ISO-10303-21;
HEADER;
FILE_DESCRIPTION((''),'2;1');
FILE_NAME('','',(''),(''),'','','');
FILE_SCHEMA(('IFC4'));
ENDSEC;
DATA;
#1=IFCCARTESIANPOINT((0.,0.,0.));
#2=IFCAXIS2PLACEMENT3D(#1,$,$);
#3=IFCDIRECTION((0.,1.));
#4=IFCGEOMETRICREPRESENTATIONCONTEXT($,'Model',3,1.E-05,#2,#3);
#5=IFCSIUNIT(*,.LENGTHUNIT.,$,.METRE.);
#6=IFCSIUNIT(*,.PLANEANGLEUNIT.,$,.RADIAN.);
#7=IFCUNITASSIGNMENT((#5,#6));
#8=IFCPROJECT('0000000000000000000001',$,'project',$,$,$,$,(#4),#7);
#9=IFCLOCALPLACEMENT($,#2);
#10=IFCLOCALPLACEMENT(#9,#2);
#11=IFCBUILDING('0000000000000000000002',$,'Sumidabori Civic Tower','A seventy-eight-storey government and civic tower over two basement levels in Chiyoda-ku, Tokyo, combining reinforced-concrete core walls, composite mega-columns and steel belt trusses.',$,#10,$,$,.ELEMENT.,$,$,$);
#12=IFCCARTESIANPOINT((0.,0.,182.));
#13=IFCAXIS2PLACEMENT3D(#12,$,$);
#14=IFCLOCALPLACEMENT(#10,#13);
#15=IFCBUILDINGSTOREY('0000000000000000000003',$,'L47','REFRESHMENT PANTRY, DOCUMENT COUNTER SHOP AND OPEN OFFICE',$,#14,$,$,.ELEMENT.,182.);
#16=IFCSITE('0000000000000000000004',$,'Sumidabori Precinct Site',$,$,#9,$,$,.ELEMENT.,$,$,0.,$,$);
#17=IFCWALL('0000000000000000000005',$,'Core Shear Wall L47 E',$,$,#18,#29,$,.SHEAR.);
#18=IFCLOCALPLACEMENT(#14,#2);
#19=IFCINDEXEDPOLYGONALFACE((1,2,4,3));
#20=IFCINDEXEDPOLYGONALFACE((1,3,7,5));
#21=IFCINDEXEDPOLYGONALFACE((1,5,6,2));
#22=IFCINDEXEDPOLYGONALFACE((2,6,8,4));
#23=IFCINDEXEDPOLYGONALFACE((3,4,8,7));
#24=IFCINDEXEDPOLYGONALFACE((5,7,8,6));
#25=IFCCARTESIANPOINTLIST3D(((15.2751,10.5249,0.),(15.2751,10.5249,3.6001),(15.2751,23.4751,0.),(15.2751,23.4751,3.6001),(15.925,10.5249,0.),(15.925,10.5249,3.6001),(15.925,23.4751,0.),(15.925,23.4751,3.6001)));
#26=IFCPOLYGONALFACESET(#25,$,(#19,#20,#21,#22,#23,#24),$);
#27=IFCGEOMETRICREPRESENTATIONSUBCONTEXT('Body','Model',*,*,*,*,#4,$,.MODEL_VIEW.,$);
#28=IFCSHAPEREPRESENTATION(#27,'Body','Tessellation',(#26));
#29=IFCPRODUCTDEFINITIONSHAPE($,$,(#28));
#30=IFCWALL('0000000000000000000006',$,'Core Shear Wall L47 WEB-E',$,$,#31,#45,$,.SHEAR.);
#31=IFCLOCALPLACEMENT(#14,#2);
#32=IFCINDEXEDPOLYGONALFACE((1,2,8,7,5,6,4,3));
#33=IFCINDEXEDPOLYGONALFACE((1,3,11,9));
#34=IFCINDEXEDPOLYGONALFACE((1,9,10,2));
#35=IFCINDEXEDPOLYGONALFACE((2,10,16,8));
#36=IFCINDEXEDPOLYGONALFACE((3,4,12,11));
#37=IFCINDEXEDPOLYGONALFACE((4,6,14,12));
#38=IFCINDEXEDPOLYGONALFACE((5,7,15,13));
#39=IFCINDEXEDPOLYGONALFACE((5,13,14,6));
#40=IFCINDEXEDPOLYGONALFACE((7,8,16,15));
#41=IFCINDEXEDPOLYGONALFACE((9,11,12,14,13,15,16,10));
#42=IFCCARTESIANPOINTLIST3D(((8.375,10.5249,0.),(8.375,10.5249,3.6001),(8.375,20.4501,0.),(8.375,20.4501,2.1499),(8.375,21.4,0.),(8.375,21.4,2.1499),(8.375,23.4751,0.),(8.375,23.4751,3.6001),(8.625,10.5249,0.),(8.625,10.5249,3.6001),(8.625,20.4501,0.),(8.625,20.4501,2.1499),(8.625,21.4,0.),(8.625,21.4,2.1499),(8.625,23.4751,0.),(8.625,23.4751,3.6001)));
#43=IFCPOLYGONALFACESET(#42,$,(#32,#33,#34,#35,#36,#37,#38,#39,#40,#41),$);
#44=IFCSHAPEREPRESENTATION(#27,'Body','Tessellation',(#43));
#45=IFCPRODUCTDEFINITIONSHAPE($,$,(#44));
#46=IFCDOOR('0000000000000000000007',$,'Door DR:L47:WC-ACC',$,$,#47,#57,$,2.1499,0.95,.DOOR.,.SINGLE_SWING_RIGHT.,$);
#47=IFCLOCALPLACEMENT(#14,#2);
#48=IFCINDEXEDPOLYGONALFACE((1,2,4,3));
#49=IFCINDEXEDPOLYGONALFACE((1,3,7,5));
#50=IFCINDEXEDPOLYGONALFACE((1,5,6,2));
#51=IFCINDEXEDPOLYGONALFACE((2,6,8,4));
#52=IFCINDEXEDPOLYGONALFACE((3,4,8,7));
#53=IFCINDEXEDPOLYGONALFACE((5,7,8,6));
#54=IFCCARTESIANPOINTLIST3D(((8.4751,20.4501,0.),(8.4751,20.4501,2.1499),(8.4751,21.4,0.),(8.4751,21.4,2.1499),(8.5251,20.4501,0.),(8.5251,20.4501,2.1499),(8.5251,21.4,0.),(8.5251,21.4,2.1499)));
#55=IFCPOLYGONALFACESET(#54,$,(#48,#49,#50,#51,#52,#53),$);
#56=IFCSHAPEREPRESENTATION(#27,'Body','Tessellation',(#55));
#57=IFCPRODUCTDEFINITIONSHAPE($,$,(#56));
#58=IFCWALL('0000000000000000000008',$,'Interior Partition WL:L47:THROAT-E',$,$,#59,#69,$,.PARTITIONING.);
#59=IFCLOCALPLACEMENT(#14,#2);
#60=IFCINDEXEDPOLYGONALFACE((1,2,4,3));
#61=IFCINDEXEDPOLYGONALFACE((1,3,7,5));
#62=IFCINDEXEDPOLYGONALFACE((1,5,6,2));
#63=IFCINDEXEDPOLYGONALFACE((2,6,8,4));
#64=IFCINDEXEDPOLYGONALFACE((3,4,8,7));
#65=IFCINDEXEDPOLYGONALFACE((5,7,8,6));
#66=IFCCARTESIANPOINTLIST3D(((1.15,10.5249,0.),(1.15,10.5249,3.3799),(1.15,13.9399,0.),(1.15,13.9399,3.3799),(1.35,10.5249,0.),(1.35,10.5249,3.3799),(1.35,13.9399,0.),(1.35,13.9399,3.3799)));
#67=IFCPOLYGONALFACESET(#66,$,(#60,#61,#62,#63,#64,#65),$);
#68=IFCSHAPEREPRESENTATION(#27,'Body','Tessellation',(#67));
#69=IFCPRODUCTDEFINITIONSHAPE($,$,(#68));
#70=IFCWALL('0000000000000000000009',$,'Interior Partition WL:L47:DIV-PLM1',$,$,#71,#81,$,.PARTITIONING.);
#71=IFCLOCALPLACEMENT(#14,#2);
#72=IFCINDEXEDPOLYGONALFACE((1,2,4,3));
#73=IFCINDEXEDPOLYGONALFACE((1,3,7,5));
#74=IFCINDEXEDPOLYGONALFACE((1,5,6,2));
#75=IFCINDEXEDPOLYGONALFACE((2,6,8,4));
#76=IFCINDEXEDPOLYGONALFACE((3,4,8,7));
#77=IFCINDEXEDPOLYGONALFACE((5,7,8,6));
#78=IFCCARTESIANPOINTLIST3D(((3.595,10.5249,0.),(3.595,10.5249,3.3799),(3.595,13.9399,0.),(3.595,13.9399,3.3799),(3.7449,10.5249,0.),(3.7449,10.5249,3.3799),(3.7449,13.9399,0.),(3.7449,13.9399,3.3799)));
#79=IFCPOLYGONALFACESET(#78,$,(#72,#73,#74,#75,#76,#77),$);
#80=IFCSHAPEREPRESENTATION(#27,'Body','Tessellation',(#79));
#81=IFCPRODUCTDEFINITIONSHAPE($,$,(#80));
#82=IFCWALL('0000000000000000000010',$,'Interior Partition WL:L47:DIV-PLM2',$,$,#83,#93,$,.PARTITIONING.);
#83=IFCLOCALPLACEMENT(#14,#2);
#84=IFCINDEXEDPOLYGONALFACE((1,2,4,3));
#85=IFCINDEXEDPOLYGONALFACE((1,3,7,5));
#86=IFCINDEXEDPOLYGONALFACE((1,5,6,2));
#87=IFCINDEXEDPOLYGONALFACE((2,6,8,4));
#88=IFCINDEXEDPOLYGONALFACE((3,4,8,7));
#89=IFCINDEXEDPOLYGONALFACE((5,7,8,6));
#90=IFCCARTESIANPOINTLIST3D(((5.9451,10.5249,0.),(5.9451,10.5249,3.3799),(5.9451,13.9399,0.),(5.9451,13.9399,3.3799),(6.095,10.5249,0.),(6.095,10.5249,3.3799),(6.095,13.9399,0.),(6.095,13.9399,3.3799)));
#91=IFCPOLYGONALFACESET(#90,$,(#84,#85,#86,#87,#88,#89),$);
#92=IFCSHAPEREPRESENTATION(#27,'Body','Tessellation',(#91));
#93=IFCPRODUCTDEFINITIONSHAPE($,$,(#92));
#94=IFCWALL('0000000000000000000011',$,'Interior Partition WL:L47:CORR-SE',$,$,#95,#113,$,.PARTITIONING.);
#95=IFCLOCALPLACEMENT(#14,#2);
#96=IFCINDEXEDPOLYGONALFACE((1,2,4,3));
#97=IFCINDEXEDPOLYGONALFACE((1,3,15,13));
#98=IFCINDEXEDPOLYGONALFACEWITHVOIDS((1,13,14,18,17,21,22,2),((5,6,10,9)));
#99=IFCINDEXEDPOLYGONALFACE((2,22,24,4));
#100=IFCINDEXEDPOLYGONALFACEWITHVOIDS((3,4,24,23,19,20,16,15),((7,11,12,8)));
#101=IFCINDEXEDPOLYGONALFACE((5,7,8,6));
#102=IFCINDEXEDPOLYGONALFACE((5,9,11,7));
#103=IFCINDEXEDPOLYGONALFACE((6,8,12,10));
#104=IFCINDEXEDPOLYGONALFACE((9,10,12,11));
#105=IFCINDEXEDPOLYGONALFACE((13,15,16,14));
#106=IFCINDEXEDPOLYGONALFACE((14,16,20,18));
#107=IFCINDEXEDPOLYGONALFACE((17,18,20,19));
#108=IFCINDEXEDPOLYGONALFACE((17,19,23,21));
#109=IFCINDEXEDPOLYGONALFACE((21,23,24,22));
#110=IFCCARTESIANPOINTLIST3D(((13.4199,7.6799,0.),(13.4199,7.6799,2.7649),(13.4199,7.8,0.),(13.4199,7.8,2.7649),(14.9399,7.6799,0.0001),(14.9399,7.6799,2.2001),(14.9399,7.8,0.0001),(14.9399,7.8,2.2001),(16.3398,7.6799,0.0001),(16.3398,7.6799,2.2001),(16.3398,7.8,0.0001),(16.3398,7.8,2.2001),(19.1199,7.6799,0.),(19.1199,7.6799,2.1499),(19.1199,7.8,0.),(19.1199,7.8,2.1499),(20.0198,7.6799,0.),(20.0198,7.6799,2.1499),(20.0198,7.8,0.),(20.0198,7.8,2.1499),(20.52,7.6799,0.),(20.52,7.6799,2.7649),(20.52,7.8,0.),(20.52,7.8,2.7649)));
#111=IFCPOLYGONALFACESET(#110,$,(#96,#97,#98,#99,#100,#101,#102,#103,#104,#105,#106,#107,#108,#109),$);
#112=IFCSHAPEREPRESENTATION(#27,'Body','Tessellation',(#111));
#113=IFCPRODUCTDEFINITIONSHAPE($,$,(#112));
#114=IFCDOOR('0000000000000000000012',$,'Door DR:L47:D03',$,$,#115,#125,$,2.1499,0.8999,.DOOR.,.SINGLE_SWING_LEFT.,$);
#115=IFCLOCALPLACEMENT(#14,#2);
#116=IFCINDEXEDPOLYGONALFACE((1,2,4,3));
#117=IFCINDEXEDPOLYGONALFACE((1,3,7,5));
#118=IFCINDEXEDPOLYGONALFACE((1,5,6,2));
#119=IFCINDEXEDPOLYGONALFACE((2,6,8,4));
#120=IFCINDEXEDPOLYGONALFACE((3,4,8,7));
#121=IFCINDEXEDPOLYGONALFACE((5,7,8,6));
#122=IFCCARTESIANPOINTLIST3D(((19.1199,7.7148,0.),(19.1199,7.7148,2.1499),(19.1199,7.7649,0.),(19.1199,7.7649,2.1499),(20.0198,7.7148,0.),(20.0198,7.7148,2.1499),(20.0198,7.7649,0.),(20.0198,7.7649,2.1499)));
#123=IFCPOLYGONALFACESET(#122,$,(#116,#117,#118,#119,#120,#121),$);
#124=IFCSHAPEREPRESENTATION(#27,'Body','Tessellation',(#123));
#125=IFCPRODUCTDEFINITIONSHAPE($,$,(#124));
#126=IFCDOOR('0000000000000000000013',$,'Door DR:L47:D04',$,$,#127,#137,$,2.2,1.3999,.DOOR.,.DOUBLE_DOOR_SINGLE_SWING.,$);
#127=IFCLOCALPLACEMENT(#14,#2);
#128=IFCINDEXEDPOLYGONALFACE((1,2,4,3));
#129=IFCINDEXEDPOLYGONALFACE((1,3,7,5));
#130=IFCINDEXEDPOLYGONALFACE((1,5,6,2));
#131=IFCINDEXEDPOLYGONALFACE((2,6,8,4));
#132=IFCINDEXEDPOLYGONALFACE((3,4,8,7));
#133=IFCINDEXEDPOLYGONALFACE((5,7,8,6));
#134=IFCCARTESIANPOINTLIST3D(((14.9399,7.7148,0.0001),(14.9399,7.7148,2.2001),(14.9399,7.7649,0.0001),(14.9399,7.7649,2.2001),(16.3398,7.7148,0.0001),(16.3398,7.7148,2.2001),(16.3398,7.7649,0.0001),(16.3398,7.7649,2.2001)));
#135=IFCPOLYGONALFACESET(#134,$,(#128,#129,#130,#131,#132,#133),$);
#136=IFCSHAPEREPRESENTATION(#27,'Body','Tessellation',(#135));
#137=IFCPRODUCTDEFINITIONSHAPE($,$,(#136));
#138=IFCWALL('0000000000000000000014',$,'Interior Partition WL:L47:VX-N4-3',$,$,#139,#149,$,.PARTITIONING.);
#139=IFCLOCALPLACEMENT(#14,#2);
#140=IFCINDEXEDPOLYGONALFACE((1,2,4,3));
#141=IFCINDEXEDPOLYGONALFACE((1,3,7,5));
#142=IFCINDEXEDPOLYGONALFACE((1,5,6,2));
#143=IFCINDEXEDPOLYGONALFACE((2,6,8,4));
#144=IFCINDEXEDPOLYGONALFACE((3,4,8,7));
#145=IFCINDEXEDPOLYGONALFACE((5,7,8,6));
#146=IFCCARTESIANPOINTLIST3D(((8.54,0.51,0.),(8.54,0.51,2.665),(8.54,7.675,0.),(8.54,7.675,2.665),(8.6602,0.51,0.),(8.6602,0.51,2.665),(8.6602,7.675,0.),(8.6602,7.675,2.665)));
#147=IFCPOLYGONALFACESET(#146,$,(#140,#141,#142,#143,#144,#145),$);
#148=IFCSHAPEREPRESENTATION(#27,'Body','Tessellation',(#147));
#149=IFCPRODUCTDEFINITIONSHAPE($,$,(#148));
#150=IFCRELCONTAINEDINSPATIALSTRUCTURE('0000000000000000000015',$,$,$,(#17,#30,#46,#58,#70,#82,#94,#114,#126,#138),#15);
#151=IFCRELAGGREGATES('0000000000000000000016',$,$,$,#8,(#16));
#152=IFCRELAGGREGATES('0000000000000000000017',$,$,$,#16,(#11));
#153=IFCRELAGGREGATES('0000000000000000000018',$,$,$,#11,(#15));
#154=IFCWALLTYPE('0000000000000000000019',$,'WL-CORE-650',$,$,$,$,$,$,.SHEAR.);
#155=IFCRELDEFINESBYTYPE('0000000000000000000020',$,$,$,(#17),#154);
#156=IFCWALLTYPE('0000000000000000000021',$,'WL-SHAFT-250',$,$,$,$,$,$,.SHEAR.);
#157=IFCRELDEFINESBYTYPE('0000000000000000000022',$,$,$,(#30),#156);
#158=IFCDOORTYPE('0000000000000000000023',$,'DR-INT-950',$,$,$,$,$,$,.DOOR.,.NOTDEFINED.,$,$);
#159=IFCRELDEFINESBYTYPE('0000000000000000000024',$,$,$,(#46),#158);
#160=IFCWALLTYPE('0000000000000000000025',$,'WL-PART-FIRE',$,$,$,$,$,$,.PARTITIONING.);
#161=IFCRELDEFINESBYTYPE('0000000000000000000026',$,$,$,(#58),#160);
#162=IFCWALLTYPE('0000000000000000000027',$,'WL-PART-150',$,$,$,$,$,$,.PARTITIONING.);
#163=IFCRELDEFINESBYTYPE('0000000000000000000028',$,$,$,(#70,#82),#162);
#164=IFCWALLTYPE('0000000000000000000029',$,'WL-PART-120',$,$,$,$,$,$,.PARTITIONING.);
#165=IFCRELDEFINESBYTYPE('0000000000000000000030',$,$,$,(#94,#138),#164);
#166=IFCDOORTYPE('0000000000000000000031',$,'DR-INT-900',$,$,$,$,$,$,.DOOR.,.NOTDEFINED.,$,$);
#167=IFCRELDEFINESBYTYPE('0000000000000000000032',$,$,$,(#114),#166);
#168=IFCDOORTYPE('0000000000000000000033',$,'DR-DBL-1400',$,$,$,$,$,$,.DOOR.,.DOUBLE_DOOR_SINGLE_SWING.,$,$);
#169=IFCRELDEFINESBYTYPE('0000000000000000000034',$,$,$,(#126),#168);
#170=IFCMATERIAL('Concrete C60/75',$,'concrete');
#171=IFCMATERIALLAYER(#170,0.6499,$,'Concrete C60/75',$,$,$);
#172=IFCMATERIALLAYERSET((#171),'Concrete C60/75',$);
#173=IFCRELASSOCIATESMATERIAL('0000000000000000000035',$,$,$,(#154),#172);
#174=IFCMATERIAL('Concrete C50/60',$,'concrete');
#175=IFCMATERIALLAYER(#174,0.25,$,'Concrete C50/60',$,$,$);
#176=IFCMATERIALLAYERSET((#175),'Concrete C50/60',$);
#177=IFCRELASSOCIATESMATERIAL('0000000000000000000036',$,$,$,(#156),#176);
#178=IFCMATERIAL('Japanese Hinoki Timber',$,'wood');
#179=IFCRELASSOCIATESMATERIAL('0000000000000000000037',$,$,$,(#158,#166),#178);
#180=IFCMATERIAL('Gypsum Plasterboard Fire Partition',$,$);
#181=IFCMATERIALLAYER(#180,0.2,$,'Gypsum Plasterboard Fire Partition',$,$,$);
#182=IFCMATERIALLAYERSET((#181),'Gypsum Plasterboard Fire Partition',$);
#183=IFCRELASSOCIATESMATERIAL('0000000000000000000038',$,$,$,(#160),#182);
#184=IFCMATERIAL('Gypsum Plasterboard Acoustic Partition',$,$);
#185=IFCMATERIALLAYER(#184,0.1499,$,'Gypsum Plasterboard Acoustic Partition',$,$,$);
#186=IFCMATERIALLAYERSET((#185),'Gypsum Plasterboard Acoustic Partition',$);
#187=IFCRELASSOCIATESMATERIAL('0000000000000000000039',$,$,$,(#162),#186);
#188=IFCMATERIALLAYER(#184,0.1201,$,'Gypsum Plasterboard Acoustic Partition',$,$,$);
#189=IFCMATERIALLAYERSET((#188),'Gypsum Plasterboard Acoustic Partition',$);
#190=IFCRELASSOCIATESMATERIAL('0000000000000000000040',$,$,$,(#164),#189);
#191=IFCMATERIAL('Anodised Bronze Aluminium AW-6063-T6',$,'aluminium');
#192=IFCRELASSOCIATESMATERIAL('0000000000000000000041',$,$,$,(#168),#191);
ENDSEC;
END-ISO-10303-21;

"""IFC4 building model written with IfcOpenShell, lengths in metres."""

from ifc_helpers import new_model, si_unit, direction, frame, frame_2d, origin, place, context, subcontext, project, spatial, rectangle, extrude, source, transform, mapped, material, layer, layer_set, type_object, element, fill, save


model = new_model("IFC4")

# Units and contexts
model_context = context("Model", 3, precision=1e-05, world=origin(), true_north=direction((0.0, 1.0)))
body_context = subcontext(model_context, "Body", "Model", "MODEL_VIEW")
ifc_project = project(units=[si_unit("LENGTHUNIT", "METRE"), si_unit("PLANEANGLEUNIT", "RADIAN")], contexts=[model_context])

# Site, building, storey
site_placement = place(None, origin())
site = spatial("IfcSite", under=ifc_project, at=site_placement, Name="Sumidabori Precinct Site", CompositionType="ELEMENT", RefElevation=0.0)
building_placement = place(site_placement, origin())
building = spatial("IfcBuilding", under=site, at=building_placement, Name="Sumidabori Civic Tower", Description="A seventy-eight-storey government and civic tower over two basement levels in Chiyoda-ku, Tokyo, combining reinforced-concrete core walls, composite mega-columns and steel belt trusses.", CompositionType="ELEMENT")
storey_placement = place(building_placement, frame((0.0, 0.0, 182.0)))
storey = spatial("IfcBuildingStorey", under=building, at=storey_placement, Name="L47", Description="REFRESHMENT PANTRY, DOCUMENT COUNTER SHOP AND OPEN OFFICE", CompositionType="ELEMENT", Elevation=182.0)

# Shared definitions
ifc_material_1 = material(Name="Concrete C60/75", Category="concrete")

# Wall
ifc_material_2 = material(Name="Concrete C50/60", Category="concrete")
ifc_layer_1 = layer(ifc_material_1, 0.6499, Name="Concrete C60/75")
ifc_layer_set_1 = layer_set([ifc_layer_1], Name="Concrete C60/75")
wall_type_1 = type_object("IfcWallType", Name="WL-CORE-650", PredefinedType="SHEAR", material=ifc_layer_set_1)
shared_shape_1 = source(origin(), body_context, "Body", "SweptSolid", [
    extrude(rectangle(XDim=12.9502, YDim=0.6499, at=frame_2d((6.4751, 0.0))), origin(), (0.0, 0.0, 1.0), 3.6001),
])
wall_1_placement = place(storey_placement, frame((15.6001, 10.5249, 0.0), z_axis=(0.0, 0.0, 1.0), x_axis=(0.0, 1.0, 0.0)))
element("IfcWall", 1, at=wall_1_placement, inside=storey, type_object=wall_type_1, Name="Core Shear Wall L47 E", PredefinedType="SHEAR", context=body_context, shape_type="MappedRepresentation", body=[
    mapped(shared_shape_1, transform((0.0, 0.0, 0.0), x_axis=(1.0, 0.0, 0.0), y_axis=(0.0, 1.0, 0.0), z_axis=(0.0, 0.0, 1.0), scale=1.0)),
])

# Wall, opening, door
ifc_layer_2 = layer(ifc_material_2, 0.25, Name="Concrete C50/60")
ifc_layer_set_2 = layer_set([ifc_layer_2], Name="Concrete C50/60")
wall_type_2 = type_object("IfcWallType", Name="WL-SHAFT-250", PredefinedType="SHEAR", material=ifc_layer_set_2)
shared_shape_2 = source(origin(), body_context, "Body", "SweptSolid", [
    extrude(rectangle(XDim=12.9502, YDim=0.25, at=frame_2d((6.4751, 0.0))), origin(), (0.0, 0.0, 1.0), 3.6001),
])
wall_2_placement = place(storey_placement, frame((8.5, 10.5249, 0.0), z_axis=(0.0, 0.0, 1.0), x_axis=(0.0, 1.0, 0.0)))
wall_2 = element("IfcWall", 2, at=wall_2_placement, inside=storey, type_object=wall_type_2, Name="Core Shear Wall L47 WEB-E", PredefinedType="SHEAR", context=body_context, shape_type="MappedRepresentation", body=[
    mapped(shared_shape_2, transform((0.0, 0.0, 0.0), x_axis=(1.0, 0.0, 0.0), y_axis=(0.0, 1.0, 0.0), z_axis=(0.0, 0.0, 1.0), scale=1.0)),
])
opening_1_placement = place(wall_2_placement, frame((9.925, 0.0, 0.0)))
opening_1 = element("IfcOpeningElement", 3, at=opening_1_placement, cuts=wall_2, PredefinedType="OPENING", context=body_context, shape_type="SweptSolid", body=[
    extrude(rectangle(XDim=0.95, YDim=2.1499, at=frame_2d((0.4751, 1.075))), frame((0.0, 0.137, 0.0), z_axis=(0.0, -1.0, 0.0), x_axis=(1.0, 0.0, 0.0)), (0.0, 0.0, 1.0), 0.2739),
])
ifc_material_3 = material(Name="Japanese Hinoki Timber", Category="wood")
door_type_1 = type_object("IfcDoorType", Name="DR-INT-950", OperationType="NOTDEFINED", PredefinedType="DOOR", material=ifc_material_3)
shared_shape_3 = source(origin(), body_context, "Body", "SweptSolid", [
    extrude(rectangle(XDim=0.95, YDim=2.1499, at=frame_2d((0.4751, 1.075))), frame((0.0, 0.0249, 0.0), z_axis=(0.0, -1.0, 0.0), x_axis=(1.0, 0.0, 0.0)), (0.0, 0.0, 1.0), 0.05),
])
door_1_placement = place(opening_1_placement, origin())
door_1 = element("IfcDoor", 4, at=door_1_placement, inside=storey, type_object=door_type_1, Name="Door DR:L47:WC-ACC", OperationType="SINGLE_SWING_RIGHT", OverallHeight=2.1499, OverallWidth=0.95, PredefinedType="DOOR", context=body_context, shape_type="MappedRepresentation", body=[
    mapped(shared_shape_3, transform((0.0, 0.0, 0.0), x_axis=(1.0, 0.0, 0.0), y_axis=(0.0, 1.0, 0.0), z_axis=(0.0, 0.0, 1.0), scale=1.0)),
])
fill(opening_1, door_1)

# Shared definitions
ifc_material_4 = material(Name="Gypsum Plasterboard Fire Partition")
ifc_layer_3 = layer(ifc_material_4, 0.2, Name="Gypsum Plasterboard Fire Partition")
ifc_layer_set_3 = layer_set([ifc_layer_3], Name="Gypsum Plasterboard Fire Partition")
wall_type_3 = type_object("IfcWallType", Name="WL-PART-FIRE", PredefinedType="PARTITIONING", material=ifc_layer_set_3)

# Walls
shared_shape_4 = source(origin(), body_context, "Body", "SweptSolid", [
    extrude(rectangle(XDim=3.415, YDim=0.2, at=frame_2d((1.7075, 0.0))), origin(), (0.0, 0.0, 1.0), 3.3799),
])
wall_3_placement = place(storey_placement, frame((1.25, 10.5249, 0.0), z_axis=(0.0, 0.0, 1.0), x_axis=(0.0, 1.0, 0.0)))
element("IfcWall", 5, at=wall_3_placement, inside=storey, type_object=wall_type_3, Name="Interior Partition WL:L47:THROAT-E", PredefinedType="PARTITIONING", context=body_context, shape_type="MappedRepresentation", body=[
    mapped(shared_shape_4, transform((0.0, 0.0, 0.0), x_axis=(1.0, 0.0, 0.0), y_axis=(0.0, 1.0, 0.0), z_axis=(0.0, 0.0, 1.0), scale=1.0)),
])
ifc_material_5 = material(Name="Gypsum Plasterboard Acoustic Partition")
ifc_layer_4 = layer(ifc_material_5, 0.1499, Name="Gypsum Plasterboard Acoustic Partition")
ifc_layer_set_4 = layer_set([ifc_layer_4], Name="Gypsum Plasterboard Acoustic Partition")
wall_type_4 = type_object("IfcWallType", Name="WL-PART-150", PredefinedType="PARTITIONING", material=ifc_layer_set_4)
shared_shape_5 = source(origin(), body_context, "Body", "SweptSolid", [
    extrude(rectangle(XDim=3.415, YDim=0.1499, at=frame_2d((1.7075, 0.0))), origin(), (0.0, 0.0, 1.0), 3.3799),
])
for number, where, z_axis, x_axis, name in (
    (6, (3.6699, 10.5249, 0.0), (0.0, 0.0, 1.0), (0.0, 1.0, 0.0), "Interior Partition WL:L47:DIV-PLM1"),
    (7, (6.02, 10.5249, 0.0), (0.0, 0.0, 1.0), (0.0, 1.0, 0.0), "Interior Partition WL:L47:DIV-PLM2"),
):
    element("IfcWall", number, at=place(storey_placement, frame(where, z_axis=z_axis, x_axis=x_axis)), inside=storey, type_object=wall_type_4, Name=name, PredefinedType="PARTITIONING", context=body_context, shape_type="MappedRepresentation", body=[
        mapped(shared_shape_5, transform((0.0, 0.0, 0.0), x_axis=(1.0, 0.0, 0.0), y_axis=(0.0, 1.0, 0.0), z_axis=(0.0, 0.0, 1.0), scale=1.0)),
    ])

# Wall, openings, doors
ifc_layer_5 = layer(ifc_material_5, 0.1201, Name="Gypsum Plasterboard Acoustic Partition")
ifc_layer_set_5 = layer_set([ifc_layer_5], Name="Gypsum Plasterboard Acoustic Partition")
wall_type_5 = type_object("IfcWallType", Name="WL-PART-120", PredefinedType="PARTITIONING", material=ifc_layer_set_5)
shared_shape_6 = source(origin(), body_context, "Body", "SweptSolid", [
    extrude(rectangle(XDim=7.1001, YDim=0.1201, at=frame_2d((3.55, 0.0))), origin(), (0.0, 0.0, 1.0), 2.7649),
])
wall_4_placement = place(storey_placement, frame((13.4199, 7.74, 0.0), z_axis=(0.0, 0.0, 1.0), x_axis=(1.0, 0.0, 0.0)))
wall_4 = element("IfcWall", 8, at=wall_4_placement, inside=storey, type_object=wall_type_5, Name="Interior Partition WL:L47:CORR-SE", PredefinedType="PARTITIONING", context=body_context, shape_type="MappedRepresentation", body=[
    mapped(shared_shape_6, transform((0.0, 0.0, 0.0), x_axis=(1.0, 0.0, 0.0), y_axis=(0.0, 1.0, 0.0), z_axis=(0.0, 0.0, 1.0), scale=1.0)),
])
opening_2_placement = place(wall_4_placement, frame((5.7, 0.0, 0.0)))
opening_2 = element("IfcOpeningElement", 9, at=opening_2_placement, cuts=wall_4, PredefinedType="OPENING", context=body_context, shape_type="SweptSolid", body=[
    extrude(rectangle(XDim=0.8999, YDim=2.1499, at=frame_2d((0.45, 1.075))), frame((0.0, 0.072, 0.0), z_axis=(0.0, -1.0, 0.0), x_axis=(1.0, 0.0, 0.0)), (0.0, 0.0, 1.0), 0.144),
])
opening_3_placement = place(wall_4_placement, frame((1.52, 0.0, 0.0)))
opening_3 = element("IfcOpeningElement", 10, at=opening_3_placement, cuts=wall_4, PredefinedType="OPENING", context=body_context, shape_type="SweptSolid", body=[
    extrude(rectangle(XDim=1.3999, YDim=2.2, at=frame_2d((0.7, 1.1001))), frame((0.0, 0.072, 0.0), z_axis=(0.0, -1.0, 0.0), x_axis=(1.0, 0.0, 0.0)), (0.0, 0.0, 1.0), 0.144),
])
door_type_2 = type_object("IfcDoorType", Name="DR-INT-900", OperationType="NOTDEFINED", PredefinedType="DOOR", material=ifc_material_3)
shared_shape_7 = source(origin(), body_context, "Body", "SweptSolid", [
    extrude(rectangle(XDim=0.8999, YDim=2.1499, at=frame_2d((0.45, 1.075))), frame((0.0, 0.0249, 0.0), z_axis=(0.0, -1.0, 0.0), x_axis=(1.0, 0.0, 0.0)), (0.0, 0.0, 1.0), 0.05),
])
door_2_placement = place(opening_2_placement, origin())
door_2 = element("IfcDoor", 11, at=door_2_placement, inside=storey, type_object=door_type_2, Name="Door DR:L47:D03", OperationType="SINGLE_SWING_LEFT", OverallHeight=2.1499, OverallWidth=0.8999, PredefinedType="DOOR", context=body_context, shape_type="MappedRepresentation", body=[
    mapped(shared_shape_7, transform((0.0, 0.0, 0.0), x_axis=(1.0, 0.0, 0.0), y_axis=(0.0, 1.0, 0.0), z_axis=(0.0, 0.0, 1.0), scale=1.0)),
])
fill(opening_2, door_2)
ifc_material_6 = material(Name="Anodised Bronze Aluminium AW-6063-T6", Category="aluminium")
door_type_3 = type_object("IfcDoorType", Name="DR-DBL-1400", OperationType="DOUBLE_DOOR_SINGLE_SWING", PredefinedType="DOOR", material=ifc_material_6)
shared_shape_8 = source(origin(), body_context, "Body", "SweptSolid", [
    extrude(rectangle(XDim=1.3999, YDim=2.2, at=frame_2d((0.7, 1.1001))), frame((0.0, 0.0249, 0.0), z_axis=(0.0, -1.0, 0.0), x_axis=(1.0, 0.0, 0.0)), (0.0, 0.0, 1.0), 0.05),
])
door_3_placement = place(opening_3_placement, origin())
door_3 = element("IfcDoor", 12, at=door_3_placement, inside=storey, type_object=door_type_3, Name="Door DR:L47:D04", OperationType="DOUBLE_DOOR_SINGLE_SWING", OverallHeight=2.2, OverallWidth=1.3999, PredefinedType="DOOR", context=body_context, shape_type="MappedRepresentation", body=[
    mapped(shared_shape_8, transform((0.0, 0.0, 0.0), x_axis=(1.0, 0.0, 0.0), y_axis=(0.0, 1.0, 0.0), z_axis=(0.0, 0.0, 1.0), scale=1.0)),
])
fill(opening_3, door_3)

# Wall
shared_shape_9 = source(origin(), body_context, "Body", "SweptSolid", [
    extrude(rectangle(XDim=7.165, YDim=0.1201, at=frame_2d((3.5825, 0.0))), origin(), (0.0, 0.0, 1.0), 2.665),
])
wall_5_placement = place(storey_placement, frame((8.6001, 0.51, 0.0), z_axis=(0.0, 0.0, 1.0), x_axis=(0.0, 1.0, 0.0)))
element("IfcWall", 13, at=wall_5_placement, inside=storey, type_object=wall_type_5, Name="Interior Partition WL:L47:VX-N4-3", PredefinedType="PARTITIONING", context=body_context, shape_type="MappedRepresentation", body=[
    mapped(shared_shape_9, transform((0.0, 0.0, 0.0), x_axis=(1.0, 0.0, 0.0), y_axis=(0.0, 1.0, 0.0), z_axis=(0.0, 0.0, 1.0), scale=1.0)),
])

save(model, "model.ifc")
